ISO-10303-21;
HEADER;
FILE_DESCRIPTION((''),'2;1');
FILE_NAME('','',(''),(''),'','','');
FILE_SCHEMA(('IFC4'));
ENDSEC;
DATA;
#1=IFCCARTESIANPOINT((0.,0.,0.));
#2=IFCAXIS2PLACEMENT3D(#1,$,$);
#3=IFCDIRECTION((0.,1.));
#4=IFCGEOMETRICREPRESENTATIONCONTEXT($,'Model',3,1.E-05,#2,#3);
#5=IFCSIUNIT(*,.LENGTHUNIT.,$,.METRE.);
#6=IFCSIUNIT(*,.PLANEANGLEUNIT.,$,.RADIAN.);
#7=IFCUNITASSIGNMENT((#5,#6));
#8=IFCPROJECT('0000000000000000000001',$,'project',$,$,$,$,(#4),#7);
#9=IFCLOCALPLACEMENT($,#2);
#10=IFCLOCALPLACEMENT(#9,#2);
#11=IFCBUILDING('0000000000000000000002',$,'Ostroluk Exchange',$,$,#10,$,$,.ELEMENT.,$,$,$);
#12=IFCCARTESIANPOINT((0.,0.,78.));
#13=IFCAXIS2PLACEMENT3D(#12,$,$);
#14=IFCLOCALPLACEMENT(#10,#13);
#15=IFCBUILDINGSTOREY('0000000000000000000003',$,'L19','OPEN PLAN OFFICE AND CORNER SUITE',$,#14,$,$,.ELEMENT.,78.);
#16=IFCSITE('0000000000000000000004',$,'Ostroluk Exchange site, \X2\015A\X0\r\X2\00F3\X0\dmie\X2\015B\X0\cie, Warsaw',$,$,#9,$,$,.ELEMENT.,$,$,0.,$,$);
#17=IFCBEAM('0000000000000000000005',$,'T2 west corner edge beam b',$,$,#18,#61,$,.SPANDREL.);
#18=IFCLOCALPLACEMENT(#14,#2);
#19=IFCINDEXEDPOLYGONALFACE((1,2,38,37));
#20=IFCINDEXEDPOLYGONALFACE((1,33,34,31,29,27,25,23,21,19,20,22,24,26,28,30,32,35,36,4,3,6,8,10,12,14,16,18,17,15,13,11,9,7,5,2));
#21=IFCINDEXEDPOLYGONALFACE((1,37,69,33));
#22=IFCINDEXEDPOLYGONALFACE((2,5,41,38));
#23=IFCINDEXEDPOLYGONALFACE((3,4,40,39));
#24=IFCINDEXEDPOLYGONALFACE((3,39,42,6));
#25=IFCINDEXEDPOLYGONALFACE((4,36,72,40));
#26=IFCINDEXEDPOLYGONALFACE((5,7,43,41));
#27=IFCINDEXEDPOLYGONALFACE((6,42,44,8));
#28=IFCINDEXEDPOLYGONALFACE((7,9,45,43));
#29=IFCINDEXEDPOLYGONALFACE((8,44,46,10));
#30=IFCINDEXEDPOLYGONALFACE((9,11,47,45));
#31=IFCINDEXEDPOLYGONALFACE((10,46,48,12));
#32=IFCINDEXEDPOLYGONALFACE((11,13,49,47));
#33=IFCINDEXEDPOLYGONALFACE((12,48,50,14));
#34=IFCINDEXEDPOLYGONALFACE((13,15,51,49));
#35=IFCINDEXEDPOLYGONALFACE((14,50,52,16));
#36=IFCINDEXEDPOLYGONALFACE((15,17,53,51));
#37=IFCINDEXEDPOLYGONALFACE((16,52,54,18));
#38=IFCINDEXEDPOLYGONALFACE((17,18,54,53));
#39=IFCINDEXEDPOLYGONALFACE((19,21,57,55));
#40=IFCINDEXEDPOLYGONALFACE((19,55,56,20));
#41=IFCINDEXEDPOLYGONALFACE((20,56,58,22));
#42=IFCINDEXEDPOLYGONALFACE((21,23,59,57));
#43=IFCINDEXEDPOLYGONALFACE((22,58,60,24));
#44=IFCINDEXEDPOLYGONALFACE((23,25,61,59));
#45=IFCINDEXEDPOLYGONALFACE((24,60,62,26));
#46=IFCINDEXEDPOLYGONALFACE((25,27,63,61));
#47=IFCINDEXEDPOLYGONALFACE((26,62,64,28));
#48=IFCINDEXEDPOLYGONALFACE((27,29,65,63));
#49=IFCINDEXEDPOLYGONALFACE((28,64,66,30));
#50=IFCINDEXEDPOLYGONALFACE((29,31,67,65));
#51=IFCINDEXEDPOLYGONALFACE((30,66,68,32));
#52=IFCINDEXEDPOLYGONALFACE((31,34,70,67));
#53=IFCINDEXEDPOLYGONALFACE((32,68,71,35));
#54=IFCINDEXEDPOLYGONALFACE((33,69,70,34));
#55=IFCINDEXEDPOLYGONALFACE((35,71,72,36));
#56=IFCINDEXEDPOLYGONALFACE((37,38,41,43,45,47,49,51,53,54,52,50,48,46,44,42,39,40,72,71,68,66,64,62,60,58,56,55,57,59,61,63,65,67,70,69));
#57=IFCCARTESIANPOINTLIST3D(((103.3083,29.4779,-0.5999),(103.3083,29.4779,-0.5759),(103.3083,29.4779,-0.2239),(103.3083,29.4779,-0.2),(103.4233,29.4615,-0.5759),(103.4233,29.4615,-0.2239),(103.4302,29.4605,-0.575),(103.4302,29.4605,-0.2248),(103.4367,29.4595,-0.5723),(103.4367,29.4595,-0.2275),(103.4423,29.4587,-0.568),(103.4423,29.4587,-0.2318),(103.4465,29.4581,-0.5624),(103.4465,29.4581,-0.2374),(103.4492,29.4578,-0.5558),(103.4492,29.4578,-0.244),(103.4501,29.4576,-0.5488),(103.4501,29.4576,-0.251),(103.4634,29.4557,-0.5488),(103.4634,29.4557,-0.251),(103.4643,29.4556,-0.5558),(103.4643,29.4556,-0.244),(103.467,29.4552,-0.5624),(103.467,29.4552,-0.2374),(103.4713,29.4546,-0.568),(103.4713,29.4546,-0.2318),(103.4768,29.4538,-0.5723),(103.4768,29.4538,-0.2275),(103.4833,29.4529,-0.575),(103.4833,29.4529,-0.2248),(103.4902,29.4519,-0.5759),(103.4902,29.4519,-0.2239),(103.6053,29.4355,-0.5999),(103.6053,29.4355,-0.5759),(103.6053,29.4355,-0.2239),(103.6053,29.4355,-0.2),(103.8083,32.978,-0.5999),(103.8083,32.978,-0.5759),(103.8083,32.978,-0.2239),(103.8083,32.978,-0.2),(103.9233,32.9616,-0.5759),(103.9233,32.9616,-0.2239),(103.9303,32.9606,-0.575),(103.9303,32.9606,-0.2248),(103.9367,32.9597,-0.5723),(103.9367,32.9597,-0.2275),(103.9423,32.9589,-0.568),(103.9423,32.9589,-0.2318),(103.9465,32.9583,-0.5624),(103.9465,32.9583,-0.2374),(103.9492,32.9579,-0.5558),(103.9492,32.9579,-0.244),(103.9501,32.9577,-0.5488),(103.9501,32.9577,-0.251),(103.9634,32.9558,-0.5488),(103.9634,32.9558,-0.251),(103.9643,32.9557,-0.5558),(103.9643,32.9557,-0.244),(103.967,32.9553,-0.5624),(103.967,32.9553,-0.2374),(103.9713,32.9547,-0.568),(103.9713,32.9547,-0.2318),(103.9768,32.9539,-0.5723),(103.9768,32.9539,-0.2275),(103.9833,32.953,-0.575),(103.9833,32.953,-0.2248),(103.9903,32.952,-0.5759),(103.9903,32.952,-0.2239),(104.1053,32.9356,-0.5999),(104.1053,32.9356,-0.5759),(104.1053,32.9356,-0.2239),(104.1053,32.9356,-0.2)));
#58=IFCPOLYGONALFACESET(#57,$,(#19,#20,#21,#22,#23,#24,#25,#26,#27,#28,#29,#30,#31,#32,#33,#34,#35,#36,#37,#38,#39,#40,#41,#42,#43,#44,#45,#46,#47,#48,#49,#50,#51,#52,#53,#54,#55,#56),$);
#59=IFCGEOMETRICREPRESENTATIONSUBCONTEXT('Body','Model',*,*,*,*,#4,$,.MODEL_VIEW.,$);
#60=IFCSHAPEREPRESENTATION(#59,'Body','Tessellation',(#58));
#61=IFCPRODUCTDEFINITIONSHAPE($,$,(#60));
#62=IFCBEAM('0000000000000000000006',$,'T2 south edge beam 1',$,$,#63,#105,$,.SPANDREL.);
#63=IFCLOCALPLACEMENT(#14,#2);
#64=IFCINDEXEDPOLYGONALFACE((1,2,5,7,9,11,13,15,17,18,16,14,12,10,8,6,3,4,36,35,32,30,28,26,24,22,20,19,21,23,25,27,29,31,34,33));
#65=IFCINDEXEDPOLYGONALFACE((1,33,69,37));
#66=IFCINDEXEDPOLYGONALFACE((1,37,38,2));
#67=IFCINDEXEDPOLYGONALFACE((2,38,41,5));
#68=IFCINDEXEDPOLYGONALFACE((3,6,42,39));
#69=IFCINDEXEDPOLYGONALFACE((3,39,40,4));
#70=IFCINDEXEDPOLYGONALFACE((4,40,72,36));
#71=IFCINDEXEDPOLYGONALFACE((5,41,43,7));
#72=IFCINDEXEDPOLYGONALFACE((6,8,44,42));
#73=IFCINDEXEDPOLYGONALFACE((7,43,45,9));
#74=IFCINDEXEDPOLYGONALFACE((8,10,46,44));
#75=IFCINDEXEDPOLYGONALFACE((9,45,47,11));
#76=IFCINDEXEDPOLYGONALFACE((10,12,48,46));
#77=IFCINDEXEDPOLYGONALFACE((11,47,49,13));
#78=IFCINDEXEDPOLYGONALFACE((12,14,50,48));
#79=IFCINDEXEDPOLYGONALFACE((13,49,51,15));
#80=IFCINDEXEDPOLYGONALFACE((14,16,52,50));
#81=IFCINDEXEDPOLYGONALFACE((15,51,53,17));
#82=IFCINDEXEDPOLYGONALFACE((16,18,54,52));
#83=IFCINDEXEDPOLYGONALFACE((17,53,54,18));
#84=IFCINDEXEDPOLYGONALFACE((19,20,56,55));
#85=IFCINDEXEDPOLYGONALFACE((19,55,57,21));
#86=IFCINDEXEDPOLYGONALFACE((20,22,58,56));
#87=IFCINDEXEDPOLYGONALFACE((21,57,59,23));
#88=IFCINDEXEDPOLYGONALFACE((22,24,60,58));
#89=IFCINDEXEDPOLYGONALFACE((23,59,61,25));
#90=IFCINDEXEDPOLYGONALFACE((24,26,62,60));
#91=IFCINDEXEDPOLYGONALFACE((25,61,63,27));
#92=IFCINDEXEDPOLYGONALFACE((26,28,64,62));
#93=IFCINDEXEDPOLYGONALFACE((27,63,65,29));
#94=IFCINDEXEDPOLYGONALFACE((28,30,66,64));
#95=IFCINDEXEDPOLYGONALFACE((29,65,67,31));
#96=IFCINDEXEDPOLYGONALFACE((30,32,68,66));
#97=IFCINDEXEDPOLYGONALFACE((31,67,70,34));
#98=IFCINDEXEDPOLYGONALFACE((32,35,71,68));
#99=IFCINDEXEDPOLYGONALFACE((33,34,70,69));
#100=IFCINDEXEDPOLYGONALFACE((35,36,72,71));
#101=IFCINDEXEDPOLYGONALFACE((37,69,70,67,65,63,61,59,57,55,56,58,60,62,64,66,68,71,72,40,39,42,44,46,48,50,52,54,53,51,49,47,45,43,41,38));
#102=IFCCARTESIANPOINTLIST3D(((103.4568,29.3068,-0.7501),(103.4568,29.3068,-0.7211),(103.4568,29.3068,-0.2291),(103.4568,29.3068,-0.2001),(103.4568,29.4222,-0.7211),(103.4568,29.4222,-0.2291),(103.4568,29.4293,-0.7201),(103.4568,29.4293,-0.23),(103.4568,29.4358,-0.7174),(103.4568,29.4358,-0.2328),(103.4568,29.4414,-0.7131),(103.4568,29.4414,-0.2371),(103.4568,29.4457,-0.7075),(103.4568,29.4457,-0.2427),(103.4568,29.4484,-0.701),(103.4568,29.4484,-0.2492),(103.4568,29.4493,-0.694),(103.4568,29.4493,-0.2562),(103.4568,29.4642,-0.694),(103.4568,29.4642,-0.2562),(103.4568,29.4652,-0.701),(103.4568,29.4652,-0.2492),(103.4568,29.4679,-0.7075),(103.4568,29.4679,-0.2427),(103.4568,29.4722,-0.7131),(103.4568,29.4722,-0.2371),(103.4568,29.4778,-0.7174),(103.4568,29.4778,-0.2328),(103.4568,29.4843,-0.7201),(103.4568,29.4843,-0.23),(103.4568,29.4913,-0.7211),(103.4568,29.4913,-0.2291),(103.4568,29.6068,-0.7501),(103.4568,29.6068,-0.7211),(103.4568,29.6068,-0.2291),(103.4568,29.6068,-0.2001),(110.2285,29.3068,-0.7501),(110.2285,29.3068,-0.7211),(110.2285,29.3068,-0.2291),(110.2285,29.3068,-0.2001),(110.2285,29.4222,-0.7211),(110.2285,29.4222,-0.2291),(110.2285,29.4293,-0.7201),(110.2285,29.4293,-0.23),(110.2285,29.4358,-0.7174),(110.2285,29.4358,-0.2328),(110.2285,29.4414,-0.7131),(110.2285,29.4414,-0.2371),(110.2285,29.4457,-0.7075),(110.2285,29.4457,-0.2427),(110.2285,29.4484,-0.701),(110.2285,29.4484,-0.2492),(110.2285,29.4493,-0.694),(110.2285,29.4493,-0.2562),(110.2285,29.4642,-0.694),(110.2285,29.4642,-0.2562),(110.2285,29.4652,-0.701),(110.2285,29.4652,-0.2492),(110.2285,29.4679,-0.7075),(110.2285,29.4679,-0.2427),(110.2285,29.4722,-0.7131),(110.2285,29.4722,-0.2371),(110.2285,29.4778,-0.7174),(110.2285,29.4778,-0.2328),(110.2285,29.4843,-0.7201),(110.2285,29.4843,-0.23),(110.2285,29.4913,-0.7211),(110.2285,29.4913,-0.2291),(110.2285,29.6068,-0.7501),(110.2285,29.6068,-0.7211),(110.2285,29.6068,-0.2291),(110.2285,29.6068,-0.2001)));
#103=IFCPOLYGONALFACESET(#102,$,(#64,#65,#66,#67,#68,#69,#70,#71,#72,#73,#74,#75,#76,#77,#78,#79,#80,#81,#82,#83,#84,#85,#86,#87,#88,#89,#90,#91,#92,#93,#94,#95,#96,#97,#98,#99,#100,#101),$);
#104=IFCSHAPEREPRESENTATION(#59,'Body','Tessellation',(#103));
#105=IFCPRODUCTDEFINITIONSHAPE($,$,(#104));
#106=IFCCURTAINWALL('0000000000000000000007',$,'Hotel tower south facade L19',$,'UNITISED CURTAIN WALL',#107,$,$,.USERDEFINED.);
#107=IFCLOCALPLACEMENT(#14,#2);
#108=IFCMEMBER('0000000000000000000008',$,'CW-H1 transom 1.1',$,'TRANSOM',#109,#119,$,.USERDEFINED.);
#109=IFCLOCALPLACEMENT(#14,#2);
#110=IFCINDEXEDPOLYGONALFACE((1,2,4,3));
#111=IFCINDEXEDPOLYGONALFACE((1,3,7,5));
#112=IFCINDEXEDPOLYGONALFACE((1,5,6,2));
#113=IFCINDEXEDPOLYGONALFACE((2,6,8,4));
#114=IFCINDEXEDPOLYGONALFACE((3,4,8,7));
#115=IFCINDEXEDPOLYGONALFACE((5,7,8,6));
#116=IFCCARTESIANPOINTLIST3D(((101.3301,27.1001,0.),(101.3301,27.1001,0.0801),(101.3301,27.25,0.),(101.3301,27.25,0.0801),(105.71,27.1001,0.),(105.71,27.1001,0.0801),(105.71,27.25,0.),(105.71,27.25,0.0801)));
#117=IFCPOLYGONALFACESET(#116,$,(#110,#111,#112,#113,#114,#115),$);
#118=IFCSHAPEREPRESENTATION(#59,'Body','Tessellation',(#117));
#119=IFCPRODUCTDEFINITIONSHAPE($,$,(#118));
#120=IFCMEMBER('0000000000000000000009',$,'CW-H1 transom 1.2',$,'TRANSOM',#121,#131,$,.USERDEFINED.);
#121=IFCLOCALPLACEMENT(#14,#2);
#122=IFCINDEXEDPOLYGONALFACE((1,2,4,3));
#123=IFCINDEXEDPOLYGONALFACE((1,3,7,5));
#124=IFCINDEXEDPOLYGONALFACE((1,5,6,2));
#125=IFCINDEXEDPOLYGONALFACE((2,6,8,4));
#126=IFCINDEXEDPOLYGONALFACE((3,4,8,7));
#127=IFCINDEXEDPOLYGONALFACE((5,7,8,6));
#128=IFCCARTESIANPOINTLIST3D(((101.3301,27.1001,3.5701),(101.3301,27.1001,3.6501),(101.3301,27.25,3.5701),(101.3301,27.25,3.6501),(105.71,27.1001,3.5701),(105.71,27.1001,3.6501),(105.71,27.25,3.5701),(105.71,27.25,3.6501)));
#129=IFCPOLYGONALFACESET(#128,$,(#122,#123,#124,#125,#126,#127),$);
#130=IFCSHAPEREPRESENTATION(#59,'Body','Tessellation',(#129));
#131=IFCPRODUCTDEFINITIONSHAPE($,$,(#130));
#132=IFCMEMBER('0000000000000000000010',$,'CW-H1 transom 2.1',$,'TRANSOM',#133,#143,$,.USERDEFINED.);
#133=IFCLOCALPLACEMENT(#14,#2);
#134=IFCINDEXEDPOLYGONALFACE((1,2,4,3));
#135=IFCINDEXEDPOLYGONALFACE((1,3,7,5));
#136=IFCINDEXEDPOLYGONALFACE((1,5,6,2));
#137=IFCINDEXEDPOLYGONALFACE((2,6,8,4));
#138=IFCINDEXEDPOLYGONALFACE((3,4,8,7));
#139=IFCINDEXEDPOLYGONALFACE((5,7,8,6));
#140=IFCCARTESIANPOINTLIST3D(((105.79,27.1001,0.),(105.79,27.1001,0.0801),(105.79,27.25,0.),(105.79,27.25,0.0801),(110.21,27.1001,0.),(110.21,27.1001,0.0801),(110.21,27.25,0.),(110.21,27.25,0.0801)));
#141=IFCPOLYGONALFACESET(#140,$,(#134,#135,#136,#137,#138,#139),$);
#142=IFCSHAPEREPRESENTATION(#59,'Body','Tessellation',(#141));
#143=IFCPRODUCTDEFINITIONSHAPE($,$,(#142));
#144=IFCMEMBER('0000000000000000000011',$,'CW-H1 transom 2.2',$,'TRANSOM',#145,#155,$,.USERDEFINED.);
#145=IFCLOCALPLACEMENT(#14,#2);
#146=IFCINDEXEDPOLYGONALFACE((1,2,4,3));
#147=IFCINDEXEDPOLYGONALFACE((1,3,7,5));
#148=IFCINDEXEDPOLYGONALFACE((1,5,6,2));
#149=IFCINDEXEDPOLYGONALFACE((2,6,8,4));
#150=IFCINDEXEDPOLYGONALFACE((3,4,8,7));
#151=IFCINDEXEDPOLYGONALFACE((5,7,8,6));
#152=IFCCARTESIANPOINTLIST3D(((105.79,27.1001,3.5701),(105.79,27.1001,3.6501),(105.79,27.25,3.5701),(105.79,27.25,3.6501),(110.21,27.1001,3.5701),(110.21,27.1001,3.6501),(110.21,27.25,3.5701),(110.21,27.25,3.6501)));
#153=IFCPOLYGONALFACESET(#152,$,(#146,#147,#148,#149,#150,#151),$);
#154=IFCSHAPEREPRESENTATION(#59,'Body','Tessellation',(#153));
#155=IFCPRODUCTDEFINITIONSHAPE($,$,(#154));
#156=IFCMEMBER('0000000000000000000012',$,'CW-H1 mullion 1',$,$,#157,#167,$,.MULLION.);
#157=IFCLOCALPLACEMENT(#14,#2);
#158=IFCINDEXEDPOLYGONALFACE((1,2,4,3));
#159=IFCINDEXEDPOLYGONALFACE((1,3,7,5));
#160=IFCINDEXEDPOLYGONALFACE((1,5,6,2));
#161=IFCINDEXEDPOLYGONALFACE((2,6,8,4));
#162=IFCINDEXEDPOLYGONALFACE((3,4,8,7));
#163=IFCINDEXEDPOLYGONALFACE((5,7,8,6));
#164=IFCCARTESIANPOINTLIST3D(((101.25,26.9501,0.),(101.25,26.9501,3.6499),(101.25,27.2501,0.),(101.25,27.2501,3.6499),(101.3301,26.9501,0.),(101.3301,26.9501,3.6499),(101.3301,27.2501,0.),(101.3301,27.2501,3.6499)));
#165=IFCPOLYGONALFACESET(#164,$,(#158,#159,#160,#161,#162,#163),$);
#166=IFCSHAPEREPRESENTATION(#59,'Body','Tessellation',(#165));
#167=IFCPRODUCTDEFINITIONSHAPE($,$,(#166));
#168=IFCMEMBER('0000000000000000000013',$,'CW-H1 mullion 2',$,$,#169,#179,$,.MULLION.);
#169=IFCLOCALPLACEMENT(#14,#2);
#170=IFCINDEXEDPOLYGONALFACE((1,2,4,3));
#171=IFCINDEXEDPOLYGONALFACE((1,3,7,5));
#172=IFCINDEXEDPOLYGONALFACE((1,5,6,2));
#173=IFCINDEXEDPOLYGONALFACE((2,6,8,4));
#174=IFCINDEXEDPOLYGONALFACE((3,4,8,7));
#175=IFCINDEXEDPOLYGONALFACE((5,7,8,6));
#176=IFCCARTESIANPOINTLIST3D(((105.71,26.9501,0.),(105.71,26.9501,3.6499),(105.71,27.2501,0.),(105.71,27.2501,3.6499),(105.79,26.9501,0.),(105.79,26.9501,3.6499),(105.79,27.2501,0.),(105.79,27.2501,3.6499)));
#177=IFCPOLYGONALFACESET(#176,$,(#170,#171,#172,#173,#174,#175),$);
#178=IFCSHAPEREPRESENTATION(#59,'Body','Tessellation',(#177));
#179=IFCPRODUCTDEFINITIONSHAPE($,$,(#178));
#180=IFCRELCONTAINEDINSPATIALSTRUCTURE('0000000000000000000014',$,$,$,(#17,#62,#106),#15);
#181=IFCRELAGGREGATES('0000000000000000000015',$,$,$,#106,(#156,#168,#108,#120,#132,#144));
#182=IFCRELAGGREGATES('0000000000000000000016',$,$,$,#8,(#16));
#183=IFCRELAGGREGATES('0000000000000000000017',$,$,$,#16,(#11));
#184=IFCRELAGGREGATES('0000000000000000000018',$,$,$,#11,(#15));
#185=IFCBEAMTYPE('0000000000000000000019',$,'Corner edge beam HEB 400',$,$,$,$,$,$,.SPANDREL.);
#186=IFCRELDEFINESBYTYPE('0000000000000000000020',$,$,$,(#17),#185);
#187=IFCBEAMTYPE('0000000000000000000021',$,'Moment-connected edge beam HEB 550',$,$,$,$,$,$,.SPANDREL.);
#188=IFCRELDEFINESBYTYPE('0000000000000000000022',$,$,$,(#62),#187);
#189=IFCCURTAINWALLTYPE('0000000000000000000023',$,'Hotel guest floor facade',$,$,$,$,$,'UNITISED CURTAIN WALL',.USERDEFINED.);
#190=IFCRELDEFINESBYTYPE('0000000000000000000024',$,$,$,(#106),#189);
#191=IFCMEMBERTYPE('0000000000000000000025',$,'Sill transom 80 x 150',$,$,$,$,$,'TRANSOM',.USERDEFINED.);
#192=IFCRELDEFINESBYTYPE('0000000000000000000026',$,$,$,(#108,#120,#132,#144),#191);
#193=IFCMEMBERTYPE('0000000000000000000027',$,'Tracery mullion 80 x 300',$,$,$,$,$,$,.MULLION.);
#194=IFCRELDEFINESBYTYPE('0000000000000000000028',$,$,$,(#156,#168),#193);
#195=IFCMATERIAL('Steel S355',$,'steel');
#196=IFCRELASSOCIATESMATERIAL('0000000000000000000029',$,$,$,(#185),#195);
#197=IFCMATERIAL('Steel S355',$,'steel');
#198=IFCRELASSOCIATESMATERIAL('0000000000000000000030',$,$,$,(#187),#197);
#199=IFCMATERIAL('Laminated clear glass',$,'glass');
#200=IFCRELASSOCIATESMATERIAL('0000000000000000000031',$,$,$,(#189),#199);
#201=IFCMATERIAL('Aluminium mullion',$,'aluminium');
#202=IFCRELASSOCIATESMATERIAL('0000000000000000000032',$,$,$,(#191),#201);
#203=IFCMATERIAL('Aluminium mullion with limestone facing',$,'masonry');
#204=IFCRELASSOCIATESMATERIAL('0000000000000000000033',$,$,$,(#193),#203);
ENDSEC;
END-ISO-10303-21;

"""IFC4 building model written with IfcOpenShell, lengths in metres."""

from ifc_helpers import new_model, si_unit, direction, frame, origin, origin_2d, place, context, subcontext, project, spatial, rectangle, i_section, extrude, material, material_profile, profile_set, type_object, element, aggregate, save


model = new_model("IFC4")

# Units and contexts
model_context = context("Model", 3, precision=1e-05, world=origin(), true_north=direction((0.0, 1.0)))
body_context = subcontext(model_context, "Body", "Model", "MODEL_VIEW")
ifc_project = project(units=[si_unit("LENGTHUNIT", "METRE"), si_unit("PLANEANGLEUNIT", "RADIAN")], contexts=[model_context])

# Site, building, storey
site_placement = place(None, origin())
site = spatial("IfcSite", under=ifc_project, at=site_placement, Name="Ostroluk Exchange site, Śródmieście, Warsaw", CompositionType="ELEMENT", RefElevation=0.0)
building_placement = place(site_placement, origin())
building = spatial("IfcBuilding", under=site, at=building_placement, Name="Ostroluk Exchange", CompositionType="ELEMENT")
storey_placement = place(building_placement, frame((0.0, 0.0, 78.0)))
storey = spatial("IfcBuildingStorey", under=building, at=storey_placement, Name="L19", Description="OPEN PLAN OFFICE AND CORNER SUITE", CompositionType="ELEMENT", Elevation=78.0)

# Beams
ifc_material_1 = material(Name="Steel S355", Category="steel")
ifc_material_profile_1 = material_profile(ifc_material_1, i_section(OverallWidth=0.3, OverallDepth=0.3999, WebThickness=0.0134, FlangeThickness=0.0239, FilletRadius=0.0271, at=origin_2d()), Name="HEB 400")
ifc_profile_set_1 = profile_set([ifc_material_profile_1], Name="Steel S355")
beam_type_1 = type_object("IfcBeamType", Name="Corner edge beam HEB 400", PredefinedType="SPANDREL", material=ifc_profile_set_1)
for number, where, z_axis, x_axis, name in (
    (1, (103.9568, 32.9568, -0.3999), (-0.141421, -0.989949, 0.0), (0.989949, -0.141421, 0.0), "T2 west corner edge beam b"),
):
    element("IfcBeam", number, at=place(storey_placement, frame(where, z_axis=z_axis, x_axis=x_axis)), inside=storey, type_object=beam_type_1, Name=name, PredefinedType="SPANDREL", context=body_context, shape_type="SweptSolid", body=[
        extrude(i_section(OverallWidth=0.3, OverallDepth=0.3999, WebThickness=0.0134, FlangeThickness=0.0239, FilletRadius=0.0271, at=origin_2d()), origin(), (0.0, 0.0, 1.0), 3.5356),
    ])
ifc_material_2 = material(Name="Steel S355", Category="steel")
ifc_material_profile_2 = material_profile(ifc_material_2, i_section(OverallWidth=0.3, OverallDepth=0.55, WebThickness=0.0149, FlangeThickness=0.0291, FilletRadius=0.0271, at=origin_2d()), Name="HEB 550")
ifc_profile_set_2 = profile_set([ifc_material_profile_2], Name="Steel S355")
beam_type_2 = type_object("IfcBeamType", Name="Moment-connected edge beam HEB 550", PredefinedType="SPANDREL", material=ifc_profile_set_2)
beam_1_placement = place(storey_placement, frame((103.4568, 29.4568, -0.4751), z_axis=(1.0, 0.0, 0.0), x_axis=(0.0, 1.0, 0.0)))
element("IfcBeam", 2, at=beam_1_placement, inside=storey, type_object=beam_type_2, Name="T2 south edge beam 1", PredefinedType="SPANDREL", context=body_context, shape_type="SweptSolid", body=[
    extrude(i_section(OverallWidth=0.3, OverallDepth=0.55, WebThickness=0.0149, FlangeThickness=0.0291, FilletRadius=0.0271, at=origin_2d()), origin(), (0.0, 0.0, 1.0), 6.7717),
])

# Curtain wall, members
ifc_material_3 = material(Name="Laminated clear glass", Category="glass")
curtain_wall_type = type_object("IfcCurtainWallType", Name="Hotel guest floor facade", ElementType="UNITISED CURTAIN WALL", PredefinedType="USERDEFINED", material=ifc_material_3)
curtain_wall_1_placement = place(storey_placement, origin())
curtain_wall_1 = element("IfcCurtainWall", 3, at=curtain_wall_1_placement, inside=storey, type_object=curtain_wall_type, Name="Hotel tower south facade L19", ObjectType="UNITISED CURTAIN WALL", PredefinedType="USERDEFINED")
ifc_material_4 = material(Name="Aluminium mullion", Category="aluminium")
ifc_material_profile_3 = material_profile(ifc_material_4, rectangle(XDim=0.1499, YDim=0.0801, at=origin_2d()), Name="Sill transom 80 x 150")
ifc_profile_set_3 = profile_set([ifc_material_profile_3], Name="Aluminium mullion")
member_type_1 = type_object("IfcMemberType", Name="Sill transom 80 x 150", ElementType="TRANSOM", PredefinedType="USERDEFINED", material=ifc_profile_set_3)
member_1_placement = place(storey_placement, frame((101.3301, 27.175, 0.04), z_axis=(1.0, 0.0, 0.0), x_axis=(0.0, 1.0, 0.0)))
member_1 = element("IfcMember", 4, at=member_1_placement, type_object=member_type_1, Name="CW-H1 transom 1.1", ObjectType="TRANSOM", PredefinedType="USERDEFINED", context=body_context, shape_type="SweptSolid", body=[
    extrude(rectangle(XDim=0.1499, YDim=0.0801, at=origin_2d()), origin(), (0.0, 0.0, 1.0), 4.3799),
])
member_2_placement = place(storey_placement, frame((101.3301, 27.175, 3.6101), z_axis=(1.0, 0.0, 0.0), x_axis=(0.0, 1.0, 0.0)))
member_2 = element("IfcMember", 5, at=member_2_placement, type_object=member_type_1, Name="CW-H1 transom 1.2", ObjectType="TRANSOM", PredefinedType="USERDEFINED", context=body_context, shape_type="SweptSolid", body=[
    extrude(rectangle(XDim=0.1499, YDim=0.0801, at=origin_2d()), origin(), (0.0, 0.0, 1.0), 4.3799),
])
member_3_placement = place(storey_placement, frame((105.79, 27.175, 0.04), z_axis=(1.0, 0.0, 0.0), x_axis=(0.0, 1.0, 0.0)))
member_3 = element("IfcMember", 6, at=member_3_placement, type_object=member_type_1, Name="CW-H1 transom 2.1", ObjectType="TRANSOM", PredefinedType="USERDEFINED", context=body_context, shape_type="SweptSolid", body=[
    extrude(rectangle(XDim=0.1499, YDim=0.0801, at=origin_2d()), origin(), (0.0, 0.0, 1.0), 4.4199),
])
member_4_placement = place(storey_placement, frame((105.79, 27.175, 3.6101), z_axis=(1.0, 0.0, 0.0), x_axis=(0.0, 1.0, 0.0)))
member_4 = element("IfcMember", 7, at=member_4_placement, type_object=member_type_1, Name="CW-H1 transom 2.2", ObjectType="TRANSOM", PredefinedType="USERDEFINED", context=body_context, shape_type="SweptSolid", body=[
    extrude(rectangle(XDim=0.1499, YDim=0.0801, at=origin_2d()), origin(), (0.0, 0.0, 1.0), 4.4199),
])
ifc_material_5 = material(Name="Aluminium mullion with limestone facing", Category="masonry")
ifc_material_profile_4 = material_profile(ifc_material_5, rectangle(XDim=0.3, YDim=0.0801, at=origin_2d()), Name="Tracery mullion 80 x 300")
ifc_profile_set_4 = profile_set([ifc_material_profile_4], Name="Aluminium mullion with limestone facing")
member_type_2 = type_object("IfcMemberType", Name="Tracery mullion 80 x 300", PredefinedType="MULLION", material=ifc_profile_set_4)
member_5_placement = place(storey_placement, frame((101.29, 27.1001, 0.0), z_axis=(0.0, 0.0, 1.0), x_axis=(0.0, 1.0, 0.0)))
member_5 = element("IfcMember", 8, at=member_5_placement, type_object=member_type_2, Name="CW-H1 mullion 1", PredefinedType="MULLION", context=body_context, shape_type="SweptSolid", body=[
    extrude(rectangle(XDim=0.3, YDim=0.0801, at=origin_2d()), origin(), (0.0, 0.0, 1.0), 3.6499),
])
member_6_placement = place(storey_placement, frame((105.75, 27.1001, 0.0), z_axis=(0.0, 0.0, 1.0), x_axis=(0.0, 1.0, 0.0)))
member_6 = element("IfcMember", 9, at=member_6_placement, type_object=member_type_2, Name="CW-H1 mullion 2", PredefinedType="MULLION", context=body_context, shape_type="SweptSolid", body=[
    extrude(rectangle(XDim=0.3, YDim=0.0801, at=origin_2d()), origin(), (0.0, 0.0, 1.0), 3.6499),
])
aggregate(curtain_wall_1, [member_5, member_6, member_1, member_2, member_3, member_4])

save(model, "model.ifc")
